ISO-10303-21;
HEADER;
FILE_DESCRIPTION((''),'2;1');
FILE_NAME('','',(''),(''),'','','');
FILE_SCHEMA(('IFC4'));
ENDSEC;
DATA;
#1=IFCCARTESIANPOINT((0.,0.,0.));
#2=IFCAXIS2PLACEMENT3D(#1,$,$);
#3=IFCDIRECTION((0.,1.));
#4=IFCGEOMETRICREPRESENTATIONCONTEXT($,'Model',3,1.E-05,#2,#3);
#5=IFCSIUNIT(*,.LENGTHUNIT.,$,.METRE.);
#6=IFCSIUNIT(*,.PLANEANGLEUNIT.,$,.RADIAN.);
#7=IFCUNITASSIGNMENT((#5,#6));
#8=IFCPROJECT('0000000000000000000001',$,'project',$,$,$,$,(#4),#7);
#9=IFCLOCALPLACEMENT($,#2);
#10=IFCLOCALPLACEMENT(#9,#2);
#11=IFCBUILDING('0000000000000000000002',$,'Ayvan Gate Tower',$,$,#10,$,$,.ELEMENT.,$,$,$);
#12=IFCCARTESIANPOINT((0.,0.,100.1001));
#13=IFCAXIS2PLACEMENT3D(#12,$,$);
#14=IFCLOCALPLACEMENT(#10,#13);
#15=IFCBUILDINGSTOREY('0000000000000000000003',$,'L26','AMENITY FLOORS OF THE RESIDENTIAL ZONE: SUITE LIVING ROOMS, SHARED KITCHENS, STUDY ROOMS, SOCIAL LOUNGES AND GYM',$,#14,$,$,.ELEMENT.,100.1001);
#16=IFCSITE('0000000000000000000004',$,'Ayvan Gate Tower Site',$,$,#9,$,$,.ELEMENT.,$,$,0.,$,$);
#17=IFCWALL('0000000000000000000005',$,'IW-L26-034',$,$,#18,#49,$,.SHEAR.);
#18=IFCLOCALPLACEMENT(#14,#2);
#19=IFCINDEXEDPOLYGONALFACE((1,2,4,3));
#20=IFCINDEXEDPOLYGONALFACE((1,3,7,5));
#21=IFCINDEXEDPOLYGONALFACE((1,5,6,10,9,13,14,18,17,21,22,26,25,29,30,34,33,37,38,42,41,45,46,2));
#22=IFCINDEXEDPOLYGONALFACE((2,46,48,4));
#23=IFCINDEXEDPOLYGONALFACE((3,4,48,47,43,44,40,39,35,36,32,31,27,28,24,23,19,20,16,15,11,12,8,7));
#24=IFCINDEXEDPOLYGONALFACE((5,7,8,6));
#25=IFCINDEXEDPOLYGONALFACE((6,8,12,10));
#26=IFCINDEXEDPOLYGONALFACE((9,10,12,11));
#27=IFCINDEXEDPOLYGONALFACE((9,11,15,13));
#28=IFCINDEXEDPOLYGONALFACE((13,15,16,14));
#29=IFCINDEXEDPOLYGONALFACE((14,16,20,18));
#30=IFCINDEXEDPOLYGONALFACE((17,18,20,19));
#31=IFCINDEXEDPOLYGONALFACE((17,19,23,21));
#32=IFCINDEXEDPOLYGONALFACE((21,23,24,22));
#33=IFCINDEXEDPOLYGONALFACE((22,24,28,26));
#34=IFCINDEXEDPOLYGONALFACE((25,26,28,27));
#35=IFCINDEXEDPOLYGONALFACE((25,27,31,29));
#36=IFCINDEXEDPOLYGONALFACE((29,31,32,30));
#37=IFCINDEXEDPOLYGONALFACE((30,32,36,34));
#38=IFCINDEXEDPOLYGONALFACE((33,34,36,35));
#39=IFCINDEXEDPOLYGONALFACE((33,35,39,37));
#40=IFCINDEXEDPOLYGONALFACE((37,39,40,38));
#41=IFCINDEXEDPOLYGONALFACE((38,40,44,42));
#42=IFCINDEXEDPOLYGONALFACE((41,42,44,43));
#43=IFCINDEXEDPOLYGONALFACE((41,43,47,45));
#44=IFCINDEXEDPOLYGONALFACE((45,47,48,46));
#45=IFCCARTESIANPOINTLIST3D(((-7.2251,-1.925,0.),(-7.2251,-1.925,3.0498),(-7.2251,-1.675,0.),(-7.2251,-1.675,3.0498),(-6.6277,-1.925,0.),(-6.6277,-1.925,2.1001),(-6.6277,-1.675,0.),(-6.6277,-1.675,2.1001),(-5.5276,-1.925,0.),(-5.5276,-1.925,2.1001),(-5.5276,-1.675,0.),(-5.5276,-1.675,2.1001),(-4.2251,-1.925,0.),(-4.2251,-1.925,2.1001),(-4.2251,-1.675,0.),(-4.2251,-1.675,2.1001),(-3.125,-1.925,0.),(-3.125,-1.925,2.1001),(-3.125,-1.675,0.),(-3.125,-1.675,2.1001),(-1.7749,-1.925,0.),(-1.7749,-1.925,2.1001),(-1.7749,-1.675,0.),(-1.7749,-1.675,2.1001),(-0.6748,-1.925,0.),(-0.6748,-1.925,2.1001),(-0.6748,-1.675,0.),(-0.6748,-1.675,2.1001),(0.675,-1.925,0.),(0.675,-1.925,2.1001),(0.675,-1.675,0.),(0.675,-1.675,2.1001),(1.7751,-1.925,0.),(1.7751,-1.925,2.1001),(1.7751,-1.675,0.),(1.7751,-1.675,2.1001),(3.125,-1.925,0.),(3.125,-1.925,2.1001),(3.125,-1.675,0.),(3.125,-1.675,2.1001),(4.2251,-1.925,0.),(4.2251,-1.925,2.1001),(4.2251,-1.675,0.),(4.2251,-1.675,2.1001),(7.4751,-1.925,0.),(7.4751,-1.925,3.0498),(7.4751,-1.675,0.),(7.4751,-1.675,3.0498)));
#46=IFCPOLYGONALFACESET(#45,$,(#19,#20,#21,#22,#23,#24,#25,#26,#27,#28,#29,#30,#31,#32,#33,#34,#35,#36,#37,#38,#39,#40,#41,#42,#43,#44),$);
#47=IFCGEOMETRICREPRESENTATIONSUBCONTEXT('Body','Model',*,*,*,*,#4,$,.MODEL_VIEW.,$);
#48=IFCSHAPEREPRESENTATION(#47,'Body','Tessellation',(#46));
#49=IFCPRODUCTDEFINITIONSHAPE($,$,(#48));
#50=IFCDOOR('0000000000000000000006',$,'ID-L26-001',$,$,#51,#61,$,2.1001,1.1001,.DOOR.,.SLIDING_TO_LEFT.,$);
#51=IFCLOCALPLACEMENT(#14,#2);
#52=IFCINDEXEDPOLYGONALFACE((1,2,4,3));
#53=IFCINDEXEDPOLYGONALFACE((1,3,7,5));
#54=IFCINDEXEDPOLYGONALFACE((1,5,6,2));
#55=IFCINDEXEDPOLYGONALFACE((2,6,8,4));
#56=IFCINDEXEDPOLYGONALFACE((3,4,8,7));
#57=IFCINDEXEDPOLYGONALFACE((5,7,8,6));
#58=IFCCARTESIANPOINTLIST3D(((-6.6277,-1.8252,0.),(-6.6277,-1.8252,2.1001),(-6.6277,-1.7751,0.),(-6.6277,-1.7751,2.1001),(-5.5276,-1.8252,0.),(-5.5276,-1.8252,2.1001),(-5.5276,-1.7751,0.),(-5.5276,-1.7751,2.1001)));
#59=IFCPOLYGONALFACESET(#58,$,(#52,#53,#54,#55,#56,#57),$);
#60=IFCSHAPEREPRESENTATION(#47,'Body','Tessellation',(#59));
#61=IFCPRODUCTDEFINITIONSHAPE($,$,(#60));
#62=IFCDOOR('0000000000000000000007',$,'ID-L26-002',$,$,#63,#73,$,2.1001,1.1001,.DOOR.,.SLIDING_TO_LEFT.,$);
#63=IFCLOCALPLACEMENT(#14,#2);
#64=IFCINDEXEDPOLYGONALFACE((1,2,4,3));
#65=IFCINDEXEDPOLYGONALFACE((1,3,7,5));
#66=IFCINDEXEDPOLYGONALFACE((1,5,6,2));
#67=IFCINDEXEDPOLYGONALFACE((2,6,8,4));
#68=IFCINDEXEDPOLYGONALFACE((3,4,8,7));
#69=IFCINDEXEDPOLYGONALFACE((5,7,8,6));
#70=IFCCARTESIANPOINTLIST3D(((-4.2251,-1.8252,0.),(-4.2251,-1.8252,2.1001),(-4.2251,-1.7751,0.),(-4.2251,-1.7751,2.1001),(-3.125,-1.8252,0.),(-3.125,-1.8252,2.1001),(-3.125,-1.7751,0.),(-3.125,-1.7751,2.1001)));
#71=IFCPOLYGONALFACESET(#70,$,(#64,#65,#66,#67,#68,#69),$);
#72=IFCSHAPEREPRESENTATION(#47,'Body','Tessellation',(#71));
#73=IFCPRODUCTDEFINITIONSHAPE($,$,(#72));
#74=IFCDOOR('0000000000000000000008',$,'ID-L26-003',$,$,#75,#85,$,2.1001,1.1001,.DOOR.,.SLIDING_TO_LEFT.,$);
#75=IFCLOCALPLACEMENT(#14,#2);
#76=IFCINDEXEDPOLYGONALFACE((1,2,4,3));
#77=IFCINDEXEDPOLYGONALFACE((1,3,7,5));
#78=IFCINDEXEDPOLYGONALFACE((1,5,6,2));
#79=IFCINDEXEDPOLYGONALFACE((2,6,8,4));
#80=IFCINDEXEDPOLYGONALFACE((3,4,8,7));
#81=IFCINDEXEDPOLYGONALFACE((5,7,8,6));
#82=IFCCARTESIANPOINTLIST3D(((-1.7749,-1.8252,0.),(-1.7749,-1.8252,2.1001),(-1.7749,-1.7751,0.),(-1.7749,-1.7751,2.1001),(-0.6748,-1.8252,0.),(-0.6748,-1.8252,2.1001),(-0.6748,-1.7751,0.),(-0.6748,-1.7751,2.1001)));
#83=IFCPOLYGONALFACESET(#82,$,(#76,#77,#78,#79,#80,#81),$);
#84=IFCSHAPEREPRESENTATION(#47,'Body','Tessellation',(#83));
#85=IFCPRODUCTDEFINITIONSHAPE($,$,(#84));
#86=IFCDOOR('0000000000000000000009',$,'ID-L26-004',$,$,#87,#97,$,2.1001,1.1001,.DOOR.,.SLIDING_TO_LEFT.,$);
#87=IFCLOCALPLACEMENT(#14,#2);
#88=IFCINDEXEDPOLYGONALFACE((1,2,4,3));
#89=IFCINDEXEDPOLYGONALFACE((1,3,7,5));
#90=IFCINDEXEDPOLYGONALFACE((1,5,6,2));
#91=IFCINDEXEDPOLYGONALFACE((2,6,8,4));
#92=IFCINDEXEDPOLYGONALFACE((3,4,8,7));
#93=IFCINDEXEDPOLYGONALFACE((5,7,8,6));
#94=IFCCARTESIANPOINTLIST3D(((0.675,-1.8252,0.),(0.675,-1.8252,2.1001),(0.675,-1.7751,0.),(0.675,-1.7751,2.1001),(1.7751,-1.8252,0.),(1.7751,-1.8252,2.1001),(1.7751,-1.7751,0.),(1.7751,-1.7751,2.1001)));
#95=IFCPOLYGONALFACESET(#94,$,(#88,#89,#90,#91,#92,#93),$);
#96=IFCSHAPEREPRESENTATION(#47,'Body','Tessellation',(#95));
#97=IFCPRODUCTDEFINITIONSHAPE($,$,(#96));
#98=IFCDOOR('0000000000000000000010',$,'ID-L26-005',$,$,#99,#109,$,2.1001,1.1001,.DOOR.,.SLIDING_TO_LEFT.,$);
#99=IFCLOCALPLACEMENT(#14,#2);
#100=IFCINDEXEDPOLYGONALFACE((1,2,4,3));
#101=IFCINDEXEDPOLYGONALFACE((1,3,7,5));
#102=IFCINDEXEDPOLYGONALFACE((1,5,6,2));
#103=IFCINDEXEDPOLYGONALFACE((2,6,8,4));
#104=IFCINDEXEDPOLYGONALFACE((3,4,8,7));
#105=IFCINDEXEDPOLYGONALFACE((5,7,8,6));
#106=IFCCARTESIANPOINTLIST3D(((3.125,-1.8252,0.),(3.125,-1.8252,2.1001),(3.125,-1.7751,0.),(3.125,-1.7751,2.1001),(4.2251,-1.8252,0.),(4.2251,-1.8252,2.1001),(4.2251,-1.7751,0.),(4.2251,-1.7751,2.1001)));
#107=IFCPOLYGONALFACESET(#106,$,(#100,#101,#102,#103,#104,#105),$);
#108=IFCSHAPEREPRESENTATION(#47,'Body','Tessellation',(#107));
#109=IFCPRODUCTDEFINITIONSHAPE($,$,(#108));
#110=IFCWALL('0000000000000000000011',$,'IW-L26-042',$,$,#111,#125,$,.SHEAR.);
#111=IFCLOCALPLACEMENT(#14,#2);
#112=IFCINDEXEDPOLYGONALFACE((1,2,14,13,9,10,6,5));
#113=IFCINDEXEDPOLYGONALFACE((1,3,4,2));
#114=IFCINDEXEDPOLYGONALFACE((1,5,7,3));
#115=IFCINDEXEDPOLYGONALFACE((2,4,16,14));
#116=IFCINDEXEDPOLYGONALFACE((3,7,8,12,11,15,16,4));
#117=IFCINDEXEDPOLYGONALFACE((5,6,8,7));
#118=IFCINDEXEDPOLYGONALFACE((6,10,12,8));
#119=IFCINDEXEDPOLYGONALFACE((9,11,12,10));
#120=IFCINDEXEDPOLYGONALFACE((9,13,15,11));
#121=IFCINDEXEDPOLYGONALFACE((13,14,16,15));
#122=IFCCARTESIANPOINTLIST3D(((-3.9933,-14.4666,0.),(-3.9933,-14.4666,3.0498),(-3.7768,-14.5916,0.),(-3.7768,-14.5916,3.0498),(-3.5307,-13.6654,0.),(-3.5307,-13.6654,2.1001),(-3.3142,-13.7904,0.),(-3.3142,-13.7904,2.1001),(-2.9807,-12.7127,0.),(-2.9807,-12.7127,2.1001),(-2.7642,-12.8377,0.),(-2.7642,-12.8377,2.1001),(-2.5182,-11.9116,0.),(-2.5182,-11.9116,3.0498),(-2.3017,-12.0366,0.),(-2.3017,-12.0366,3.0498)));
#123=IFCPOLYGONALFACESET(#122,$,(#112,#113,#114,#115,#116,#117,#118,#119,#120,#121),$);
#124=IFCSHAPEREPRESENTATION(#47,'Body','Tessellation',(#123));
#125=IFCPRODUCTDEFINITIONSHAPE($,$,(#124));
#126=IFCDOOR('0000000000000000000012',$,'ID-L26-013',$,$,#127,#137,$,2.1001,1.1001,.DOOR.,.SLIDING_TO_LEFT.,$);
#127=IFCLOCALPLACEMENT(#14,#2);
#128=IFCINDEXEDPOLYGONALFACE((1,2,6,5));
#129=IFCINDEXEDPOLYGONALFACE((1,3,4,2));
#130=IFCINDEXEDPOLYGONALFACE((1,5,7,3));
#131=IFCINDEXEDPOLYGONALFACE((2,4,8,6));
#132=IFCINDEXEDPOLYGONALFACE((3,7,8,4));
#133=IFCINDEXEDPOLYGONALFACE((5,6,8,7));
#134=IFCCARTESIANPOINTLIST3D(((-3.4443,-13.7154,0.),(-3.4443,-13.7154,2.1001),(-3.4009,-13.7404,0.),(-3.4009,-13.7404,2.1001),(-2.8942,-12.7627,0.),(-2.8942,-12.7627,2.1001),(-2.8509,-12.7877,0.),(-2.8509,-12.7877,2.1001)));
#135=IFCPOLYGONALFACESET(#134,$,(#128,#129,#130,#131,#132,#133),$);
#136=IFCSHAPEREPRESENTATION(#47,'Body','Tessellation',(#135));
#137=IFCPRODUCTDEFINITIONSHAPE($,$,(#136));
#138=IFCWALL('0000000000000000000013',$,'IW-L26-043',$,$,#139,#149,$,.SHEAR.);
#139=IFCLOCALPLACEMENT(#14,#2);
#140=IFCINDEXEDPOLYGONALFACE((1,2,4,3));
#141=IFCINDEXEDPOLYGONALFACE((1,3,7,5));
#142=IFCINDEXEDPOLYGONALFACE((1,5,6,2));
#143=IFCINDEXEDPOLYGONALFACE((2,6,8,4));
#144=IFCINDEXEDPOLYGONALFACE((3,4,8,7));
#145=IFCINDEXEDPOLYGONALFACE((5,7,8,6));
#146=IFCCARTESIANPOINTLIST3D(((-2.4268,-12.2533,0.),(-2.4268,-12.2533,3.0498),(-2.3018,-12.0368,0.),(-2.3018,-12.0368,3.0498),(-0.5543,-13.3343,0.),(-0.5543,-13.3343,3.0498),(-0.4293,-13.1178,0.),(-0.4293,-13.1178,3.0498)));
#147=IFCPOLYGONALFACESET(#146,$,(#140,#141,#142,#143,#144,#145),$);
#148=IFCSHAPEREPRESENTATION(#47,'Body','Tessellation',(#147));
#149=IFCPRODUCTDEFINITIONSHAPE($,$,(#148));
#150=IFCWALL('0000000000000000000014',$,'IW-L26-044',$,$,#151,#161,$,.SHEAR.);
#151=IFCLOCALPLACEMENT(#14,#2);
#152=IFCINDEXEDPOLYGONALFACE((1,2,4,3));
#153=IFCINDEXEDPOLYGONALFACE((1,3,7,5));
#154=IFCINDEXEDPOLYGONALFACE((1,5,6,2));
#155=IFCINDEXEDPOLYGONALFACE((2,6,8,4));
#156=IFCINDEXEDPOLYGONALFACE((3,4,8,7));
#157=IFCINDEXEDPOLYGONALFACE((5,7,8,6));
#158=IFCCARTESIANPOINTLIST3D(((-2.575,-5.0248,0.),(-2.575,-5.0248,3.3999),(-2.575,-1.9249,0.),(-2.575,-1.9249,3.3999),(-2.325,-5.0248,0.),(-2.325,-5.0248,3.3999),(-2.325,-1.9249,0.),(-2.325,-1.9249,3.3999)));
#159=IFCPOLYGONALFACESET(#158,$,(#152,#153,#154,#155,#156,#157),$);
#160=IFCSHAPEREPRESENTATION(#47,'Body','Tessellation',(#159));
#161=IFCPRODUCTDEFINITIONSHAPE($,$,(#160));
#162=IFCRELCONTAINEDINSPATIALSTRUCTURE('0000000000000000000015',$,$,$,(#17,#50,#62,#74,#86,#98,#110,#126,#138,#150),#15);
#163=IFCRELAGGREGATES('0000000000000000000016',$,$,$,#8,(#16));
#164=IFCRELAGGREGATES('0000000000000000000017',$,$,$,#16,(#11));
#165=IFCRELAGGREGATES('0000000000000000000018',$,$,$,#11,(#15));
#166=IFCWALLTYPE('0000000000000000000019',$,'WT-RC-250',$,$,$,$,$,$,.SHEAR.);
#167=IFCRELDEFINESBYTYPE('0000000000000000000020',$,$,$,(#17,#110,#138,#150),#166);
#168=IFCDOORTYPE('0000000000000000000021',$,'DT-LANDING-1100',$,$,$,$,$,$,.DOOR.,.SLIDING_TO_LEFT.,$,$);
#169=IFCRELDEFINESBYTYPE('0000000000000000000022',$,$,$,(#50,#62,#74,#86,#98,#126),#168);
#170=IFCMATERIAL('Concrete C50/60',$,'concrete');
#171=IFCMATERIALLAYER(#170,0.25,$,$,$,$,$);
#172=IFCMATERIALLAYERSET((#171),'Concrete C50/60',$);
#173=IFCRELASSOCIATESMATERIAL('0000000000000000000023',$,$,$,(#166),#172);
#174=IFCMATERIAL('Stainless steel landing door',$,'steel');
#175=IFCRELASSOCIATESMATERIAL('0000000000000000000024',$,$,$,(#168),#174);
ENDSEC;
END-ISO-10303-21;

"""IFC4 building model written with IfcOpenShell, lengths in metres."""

from ifc_helpers import new_model, si_unit, direction, frame, frame_2d, origin, place, context, subcontext, project, spatial, rectangle, extrude, material, layer, layer_set, type_object, element, fill, save


model = new_model("IFC4")

# Units and contexts
model_context = context("Model", 3, precision=1e-05, world=origin(), true_north=direction((0.0, 1.0)))
body_context = subcontext(model_context, "Body", "Model", "MODEL_VIEW")
ifc_project = project(units=[si_unit("LENGTHUNIT", "METRE"), si_unit("PLANEANGLEUNIT", "RADIAN")], contexts=[model_context])

# Site, building, storey
site_placement = place(None, origin())
site = spatial("IfcSite", under=ifc_project, at=site_placement, Name="Ayvan Gate Tower Site", CompositionType="ELEMENT", RefElevation=0.0)
building_placement = place(site_placement, origin())
building = spatial("IfcBuilding", under=site, at=building_placement, Name="Ayvan Gate Tower", CompositionType="ELEMENT")
storey_placement = place(building_placement, frame((0.0, 0.0, 100.1001)))
storey = spatial("IfcBuildingStorey", under=building, at=storey_placement, Name="L26", Description="AMENITY FLOORS OF THE RESIDENTIAL ZONE: SUITE LIVING ROOMS, SHARED KITCHENS, STUDY ROOMS, SOCIAL LOUNGES AND GYM", CompositionType="ELEMENT", Elevation=100.1001)

# Shared definitions
ifc_material_1 = material(Name="Concrete C50/60", Category="concrete")
ifc_layer_1 = layer(ifc_material_1, 0.25)
ifc_layer_set_1 = layer_set([ifc_layer_1], Name="Concrete C50/60")
wall_type_1 = type_object("IfcWallType", Name="WT-RC-250", PredefinedType="SHEAR", material=ifc_layer_set_1)

# Wall, openings, doors
wall_1_placement = place(storey_placement, frame((-7.2251, -1.8, 0.0), z_axis=(0.0, 0.0, 1.0), x_axis=(1.0, 0.0, 0.0)))
wall_1 = element("IfcWall", 1, at=wall_1_placement, inside=storey, type_object=wall_type_1, Name="IW-L26-034", PredefinedType="SHEAR", context=body_context, shape_type="SweptSolid", body=[
    extrude(rectangle(XDim=14.7002, YDim=0.25, at=frame_2d((7.3501, 0.0))), origin(), (0.0, 0.0, 1.0), 3.0498),
])
opening_1_placement = place(wall_1_placement, frame((0.5974, 0.0, 0.0)))
opening_1 = element("IfcOpeningElement", 2, at=opening_1_placement, cuts=wall_1, PredefinedType="OPENING", context=body_context, shape_type="SweptSolid", body=[
    extrude(rectangle(XDim=1.1001, YDim=2.1001, at=frame_2d((0.55, 1.05))), frame((0.0, 0.135, 0.0), z_axis=(0.0, -1.0, 0.0), x_axis=(1.0, 0.0, 0.0)), (0.0, 0.0, 1.0), 0.27),
])
opening_2_placement = place(wall_1_placement, frame((3.0, 0.0, 0.0)))
opening_2 = element("IfcOpeningElement", 3, at=opening_2_placement, cuts=wall_1, PredefinedType="OPENING", context=body_context, shape_type="SweptSolid", body=[
    extrude(rectangle(XDim=1.1001, YDim=2.1001, at=frame_2d((0.55, 1.05))), frame((0.0, 0.135, 0.0), z_axis=(0.0, -1.0, 0.0), x_axis=(1.0, 0.0, 0.0)), (0.0, 0.0, 1.0), 0.27),
])
opening_3_placement = place(wall_1_placement, frame((5.4502, 0.0, 0.0)))
opening_3 = element("IfcOpeningElement", 4, at=opening_3_placement, cuts=wall_1, PredefinedType="OPENING", context=body_context, shape_type="SweptSolid", body=[
    extrude(rectangle(XDim=1.1001, YDim=2.1001, at=frame_2d((0.55, 1.05))), frame((0.0, 0.135, 0.0), z_axis=(0.0, -1.0, 0.0), x_axis=(1.0, 0.0, 0.0)), (0.0, 0.0, 1.0), 0.27),
])
opening_4_placement = place(wall_1_placement, frame((7.9001, 0.0, 0.0)))
opening_4 = element("IfcOpeningElement", 5, at=opening_4_placement, cuts=wall_1, PredefinedType="OPENING", context=body_context, shape_type="SweptSolid", body=[
    extrude(rectangle(XDim=1.1001, YDim=2.1001, at=frame_2d((0.55, 1.05))), frame((0.0, 0.135, 0.0), z_axis=(0.0, -1.0, 0.0), x_axis=(1.0, 0.0, 0.0)), (0.0, 0.0, 1.0), 0.27),
])
opening_5_placement = place(wall_1_placement, frame((10.3501, 0.0, 0.0)))
opening_5 = element("IfcOpeningElement", 6, at=opening_5_placement, cuts=wall_1, PredefinedType="OPENING", context=body_context, shape_type="SweptSolid", body=[
    extrude(rectangle(XDim=1.1001, YDim=2.1001, at=frame_2d((0.55, 1.05))), frame((0.0, 0.135, 0.0), z_axis=(0.0, -1.0, 0.0), x_axis=(1.0, 0.0, 0.0)), (0.0, 0.0, 1.0), 0.27),
])
ifc_material_2 = material(Name="Stainless steel landing door", Category="steel")
door_type_1 = type_object("IfcDoorType", Name="DT-LANDING-1100", OperationType="SLIDING_TO_LEFT", PredefinedType="DOOR", material=ifc_material_2)
door_1_placement = place(opening_1_placement, origin())
door_1 = element("IfcDoor", 7, at=door_1_placement, inside=storey, type_object=door_type_1, Name="ID-L26-001", OperationType="SLIDING_TO_LEFT", OverallHeight=2.1001, OverallWidth=1.1001, PredefinedType="DOOR", context=body_context, shape_type="SweptSolid", body=[
    extrude(rectangle(XDim=1.1001, YDim=2.1001, at=frame_2d((0.55, 1.05))), frame((0.0, 0.0249, 0.0), z_axis=(0.0, -1.0, 0.0), x_axis=(1.0, 0.0, 0.0)), (0.0, 0.0, 1.0), 0.05),
])
fill(opening_1, door_1)
door_2_placement = place(opening_2_placement, origin())
door_2 = element("IfcDoor", 8, at=door_2_placement, inside=storey, type_object=door_type_1, Name="ID-L26-002", OperationType="SLIDING_TO_LEFT", OverallHeight=2.1001, OverallWidth=1.1001, PredefinedType="DOOR", context=body_context, shape_type="SweptSolid", body=[
    extrude(rectangle(XDim=1.1001, YDim=2.1001, at=frame_2d((0.55, 1.05))), frame((0.0, 0.0249, 0.0), z_axis=(0.0, -1.0, 0.0), x_axis=(1.0, 0.0, 0.0)), (0.0, 0.0, 1.0), 0.05),
])
fill(opening_2, door_2)
door_3_placement = place(opening_3_placement, origin())
door_3 = element("IfcDoor", 9, at=door_3_placement, inside=storey, type_object=door_type_1, Name="ID-L26-003", OperationType="SLIDING_TO_LEFT", OverallHeight=2.1001, OverallWidth=1.1001, PredefinedType="DOOR", context=body_context, shape_type="SweptSolid", body=[
    extrude(rectangle(XDim=1.1001, YDim=2.1001, at=frame_2d((0.55, 1.05))), frame((0.0, 0.0249, 0.0), z_axis=(0.0, -1.0, 0.0), x_axis=(1.0, 0.0, 0.0)), (0.0, 0.0, 1.0), 0.05),
])
fill(opening_3, door_3)
door_4_placement = place(opening_4_placement, origin())
door_4 = element("IfcDoor", 10, at=door_4_placement, inside=storey, type_object=door_type_1, Name="ID-L26-004", OperationType="SLIDING_TO_LEFT", OverallHeight=2.1001, OverallWidth=1.1001, PredefinedType="DOOR", context=body_context, shape_type="SweptSolid", body=[
    extrude(rectangle(XDim=1.1001, YDim=2.1001, at=frame_2d((0.55, 1.05))), frame((0.0, 0.0249, 0.0), z_axis=(0.0, -1.0, 0.0), x_axis=(1.0, 0.0, 0.0)), (0.0, 0.0, 1.0), 0.05),
])
fill(opening_4, door_4)
door_5_placement = place(opening_5_placement, origin())
door_5 = element("IfcDoor", 11, at=door_5_placement, inside=storey, type_object=door_type_1, Name="ID-L26-005", OperationType="SLIDING_TO_LEFT", OverallHeight=2.1001, OverallWidth=1.1001, PredefinedType="DOOR", context=body_context, shape_type="SweptSolid", body=[
    extrude(rectangle(XDim=1.1001, YDim=2.1001, at=frame_2d((0.55, 1.05))), frame((0.0, 0.0249, 0.0), z_axis=(0.0, -1.0, 0.0), x_axis=(1.0, 0.0, 0.0)), (0.0, 0.0, 1.0), 0.05),
])
fill(opening_5, door_5)

# Wall, opening, door
wall_2_placement = place(storey_placement, frame((-2.4099, -11.9741, 0.0), z_axis=(0.0, 0.0, 1.0), x_axis=(-0.500002, -0.866024, 0.0)))
wall_2 = element("IfcWall", 12, at=wall_2_placement, inside=storey, type_object=wall_type_1, Name="IW-L26-042", PredefinedType="SHEAR", context=body_context, shape_type="SweptSolid", body=[
    extrude(rectangle(XDim=2.9502, YDim=0.25, at=frame_2d((1.4751, 0.0))), origin(), (0.0, 0.0, 1.0), 3.0498),
])
opening_6_placement = place(wall_2_placement, frame((0.925, 0.0, 0.0)))
opening_6 = element("IfcOpeningElement", 13, at=opening_6_placement, cuts=wall_2, PredefinedType="OPENING", context=body_context, shape_type="SweptSolid", body=[
    extrude(rectangle(XDim=1.1001, YDim=2.1001, at=frame_2d((0.55, 1.05))), frame((0.0, 0.135, 0.0), z_axis=(0.0, -1.0, 0.0), x_axis=(1.0, 0.0, 0.0)), (0.0, 0.0, 1.0), 0.27),
])
door_6_placement = place(opening_6_placement, origin())
door_6 = element("IfcDoor", 14, at=door_6_placement, inside=storey, type_object=door_type_1, Name="ID-L26-013", OperationType="SLIDING_TO_LEFT", OverallHeight=2.1001, OverallWidth=1.1001, PredefinedType="DOOR", context=body_context, shape_type="SweptSolid", body=[
    extrude(rectangle(XDim=1.1001, YDim=2.1001, at=frame_2d((0.55, 1.05))), frame((0.0, 0.0249, 0.0), z_axis=(0.0, -1.0, 0.0), x_axis=(1.0, 0.0, 0.0)), (0.0, 0.0, 1.0), 0.05),
])
fill(opening_6, door_6)

# Walls
wall_3_placement = place(storey_placement, frame((-2.3643, -12.145, 0.0), z_axis=(0.0, 0.0, 1.0), x_axis=(0.866039, -0.499977, 0.0)))
element("IfcWall", 15, at=wall_3_placement, inside=storey, type_object=wall_type_1, Name="IW-L26-043", PredefinedType="SHEAR", context=body_context, shape_type="SweptSolid", body=[
    extrude(rectangle(XDim=2.1621, YDim=0.25, at=frame_2d((1.0811, 0.0))), origin(), (0.0, 0.0, 1.0), 3.0498),
])
wall_4_placement = place(storey_placement, frame((-2.45, -1.925, 0.0), z_axis=(0.0, 0.0, 1.0), x_axis=(0.0, -1.0, 0.0)))
element("IfcWall", 16, at=wall_4_placement, inside=storey, type_object=wall_type_1, Name="IW-L26-044", PredefinedType="SHEAR", context=body_context, shape_type="SweptSolid", body=[
    extrude(rectangle(XDim=3.0999, YDim=0.25, at=frame_2d((1.5498, 0.0))), origin(), (0.0, 0.0, 1.0), 3.3999),
])

save(model, "model.ifc")
